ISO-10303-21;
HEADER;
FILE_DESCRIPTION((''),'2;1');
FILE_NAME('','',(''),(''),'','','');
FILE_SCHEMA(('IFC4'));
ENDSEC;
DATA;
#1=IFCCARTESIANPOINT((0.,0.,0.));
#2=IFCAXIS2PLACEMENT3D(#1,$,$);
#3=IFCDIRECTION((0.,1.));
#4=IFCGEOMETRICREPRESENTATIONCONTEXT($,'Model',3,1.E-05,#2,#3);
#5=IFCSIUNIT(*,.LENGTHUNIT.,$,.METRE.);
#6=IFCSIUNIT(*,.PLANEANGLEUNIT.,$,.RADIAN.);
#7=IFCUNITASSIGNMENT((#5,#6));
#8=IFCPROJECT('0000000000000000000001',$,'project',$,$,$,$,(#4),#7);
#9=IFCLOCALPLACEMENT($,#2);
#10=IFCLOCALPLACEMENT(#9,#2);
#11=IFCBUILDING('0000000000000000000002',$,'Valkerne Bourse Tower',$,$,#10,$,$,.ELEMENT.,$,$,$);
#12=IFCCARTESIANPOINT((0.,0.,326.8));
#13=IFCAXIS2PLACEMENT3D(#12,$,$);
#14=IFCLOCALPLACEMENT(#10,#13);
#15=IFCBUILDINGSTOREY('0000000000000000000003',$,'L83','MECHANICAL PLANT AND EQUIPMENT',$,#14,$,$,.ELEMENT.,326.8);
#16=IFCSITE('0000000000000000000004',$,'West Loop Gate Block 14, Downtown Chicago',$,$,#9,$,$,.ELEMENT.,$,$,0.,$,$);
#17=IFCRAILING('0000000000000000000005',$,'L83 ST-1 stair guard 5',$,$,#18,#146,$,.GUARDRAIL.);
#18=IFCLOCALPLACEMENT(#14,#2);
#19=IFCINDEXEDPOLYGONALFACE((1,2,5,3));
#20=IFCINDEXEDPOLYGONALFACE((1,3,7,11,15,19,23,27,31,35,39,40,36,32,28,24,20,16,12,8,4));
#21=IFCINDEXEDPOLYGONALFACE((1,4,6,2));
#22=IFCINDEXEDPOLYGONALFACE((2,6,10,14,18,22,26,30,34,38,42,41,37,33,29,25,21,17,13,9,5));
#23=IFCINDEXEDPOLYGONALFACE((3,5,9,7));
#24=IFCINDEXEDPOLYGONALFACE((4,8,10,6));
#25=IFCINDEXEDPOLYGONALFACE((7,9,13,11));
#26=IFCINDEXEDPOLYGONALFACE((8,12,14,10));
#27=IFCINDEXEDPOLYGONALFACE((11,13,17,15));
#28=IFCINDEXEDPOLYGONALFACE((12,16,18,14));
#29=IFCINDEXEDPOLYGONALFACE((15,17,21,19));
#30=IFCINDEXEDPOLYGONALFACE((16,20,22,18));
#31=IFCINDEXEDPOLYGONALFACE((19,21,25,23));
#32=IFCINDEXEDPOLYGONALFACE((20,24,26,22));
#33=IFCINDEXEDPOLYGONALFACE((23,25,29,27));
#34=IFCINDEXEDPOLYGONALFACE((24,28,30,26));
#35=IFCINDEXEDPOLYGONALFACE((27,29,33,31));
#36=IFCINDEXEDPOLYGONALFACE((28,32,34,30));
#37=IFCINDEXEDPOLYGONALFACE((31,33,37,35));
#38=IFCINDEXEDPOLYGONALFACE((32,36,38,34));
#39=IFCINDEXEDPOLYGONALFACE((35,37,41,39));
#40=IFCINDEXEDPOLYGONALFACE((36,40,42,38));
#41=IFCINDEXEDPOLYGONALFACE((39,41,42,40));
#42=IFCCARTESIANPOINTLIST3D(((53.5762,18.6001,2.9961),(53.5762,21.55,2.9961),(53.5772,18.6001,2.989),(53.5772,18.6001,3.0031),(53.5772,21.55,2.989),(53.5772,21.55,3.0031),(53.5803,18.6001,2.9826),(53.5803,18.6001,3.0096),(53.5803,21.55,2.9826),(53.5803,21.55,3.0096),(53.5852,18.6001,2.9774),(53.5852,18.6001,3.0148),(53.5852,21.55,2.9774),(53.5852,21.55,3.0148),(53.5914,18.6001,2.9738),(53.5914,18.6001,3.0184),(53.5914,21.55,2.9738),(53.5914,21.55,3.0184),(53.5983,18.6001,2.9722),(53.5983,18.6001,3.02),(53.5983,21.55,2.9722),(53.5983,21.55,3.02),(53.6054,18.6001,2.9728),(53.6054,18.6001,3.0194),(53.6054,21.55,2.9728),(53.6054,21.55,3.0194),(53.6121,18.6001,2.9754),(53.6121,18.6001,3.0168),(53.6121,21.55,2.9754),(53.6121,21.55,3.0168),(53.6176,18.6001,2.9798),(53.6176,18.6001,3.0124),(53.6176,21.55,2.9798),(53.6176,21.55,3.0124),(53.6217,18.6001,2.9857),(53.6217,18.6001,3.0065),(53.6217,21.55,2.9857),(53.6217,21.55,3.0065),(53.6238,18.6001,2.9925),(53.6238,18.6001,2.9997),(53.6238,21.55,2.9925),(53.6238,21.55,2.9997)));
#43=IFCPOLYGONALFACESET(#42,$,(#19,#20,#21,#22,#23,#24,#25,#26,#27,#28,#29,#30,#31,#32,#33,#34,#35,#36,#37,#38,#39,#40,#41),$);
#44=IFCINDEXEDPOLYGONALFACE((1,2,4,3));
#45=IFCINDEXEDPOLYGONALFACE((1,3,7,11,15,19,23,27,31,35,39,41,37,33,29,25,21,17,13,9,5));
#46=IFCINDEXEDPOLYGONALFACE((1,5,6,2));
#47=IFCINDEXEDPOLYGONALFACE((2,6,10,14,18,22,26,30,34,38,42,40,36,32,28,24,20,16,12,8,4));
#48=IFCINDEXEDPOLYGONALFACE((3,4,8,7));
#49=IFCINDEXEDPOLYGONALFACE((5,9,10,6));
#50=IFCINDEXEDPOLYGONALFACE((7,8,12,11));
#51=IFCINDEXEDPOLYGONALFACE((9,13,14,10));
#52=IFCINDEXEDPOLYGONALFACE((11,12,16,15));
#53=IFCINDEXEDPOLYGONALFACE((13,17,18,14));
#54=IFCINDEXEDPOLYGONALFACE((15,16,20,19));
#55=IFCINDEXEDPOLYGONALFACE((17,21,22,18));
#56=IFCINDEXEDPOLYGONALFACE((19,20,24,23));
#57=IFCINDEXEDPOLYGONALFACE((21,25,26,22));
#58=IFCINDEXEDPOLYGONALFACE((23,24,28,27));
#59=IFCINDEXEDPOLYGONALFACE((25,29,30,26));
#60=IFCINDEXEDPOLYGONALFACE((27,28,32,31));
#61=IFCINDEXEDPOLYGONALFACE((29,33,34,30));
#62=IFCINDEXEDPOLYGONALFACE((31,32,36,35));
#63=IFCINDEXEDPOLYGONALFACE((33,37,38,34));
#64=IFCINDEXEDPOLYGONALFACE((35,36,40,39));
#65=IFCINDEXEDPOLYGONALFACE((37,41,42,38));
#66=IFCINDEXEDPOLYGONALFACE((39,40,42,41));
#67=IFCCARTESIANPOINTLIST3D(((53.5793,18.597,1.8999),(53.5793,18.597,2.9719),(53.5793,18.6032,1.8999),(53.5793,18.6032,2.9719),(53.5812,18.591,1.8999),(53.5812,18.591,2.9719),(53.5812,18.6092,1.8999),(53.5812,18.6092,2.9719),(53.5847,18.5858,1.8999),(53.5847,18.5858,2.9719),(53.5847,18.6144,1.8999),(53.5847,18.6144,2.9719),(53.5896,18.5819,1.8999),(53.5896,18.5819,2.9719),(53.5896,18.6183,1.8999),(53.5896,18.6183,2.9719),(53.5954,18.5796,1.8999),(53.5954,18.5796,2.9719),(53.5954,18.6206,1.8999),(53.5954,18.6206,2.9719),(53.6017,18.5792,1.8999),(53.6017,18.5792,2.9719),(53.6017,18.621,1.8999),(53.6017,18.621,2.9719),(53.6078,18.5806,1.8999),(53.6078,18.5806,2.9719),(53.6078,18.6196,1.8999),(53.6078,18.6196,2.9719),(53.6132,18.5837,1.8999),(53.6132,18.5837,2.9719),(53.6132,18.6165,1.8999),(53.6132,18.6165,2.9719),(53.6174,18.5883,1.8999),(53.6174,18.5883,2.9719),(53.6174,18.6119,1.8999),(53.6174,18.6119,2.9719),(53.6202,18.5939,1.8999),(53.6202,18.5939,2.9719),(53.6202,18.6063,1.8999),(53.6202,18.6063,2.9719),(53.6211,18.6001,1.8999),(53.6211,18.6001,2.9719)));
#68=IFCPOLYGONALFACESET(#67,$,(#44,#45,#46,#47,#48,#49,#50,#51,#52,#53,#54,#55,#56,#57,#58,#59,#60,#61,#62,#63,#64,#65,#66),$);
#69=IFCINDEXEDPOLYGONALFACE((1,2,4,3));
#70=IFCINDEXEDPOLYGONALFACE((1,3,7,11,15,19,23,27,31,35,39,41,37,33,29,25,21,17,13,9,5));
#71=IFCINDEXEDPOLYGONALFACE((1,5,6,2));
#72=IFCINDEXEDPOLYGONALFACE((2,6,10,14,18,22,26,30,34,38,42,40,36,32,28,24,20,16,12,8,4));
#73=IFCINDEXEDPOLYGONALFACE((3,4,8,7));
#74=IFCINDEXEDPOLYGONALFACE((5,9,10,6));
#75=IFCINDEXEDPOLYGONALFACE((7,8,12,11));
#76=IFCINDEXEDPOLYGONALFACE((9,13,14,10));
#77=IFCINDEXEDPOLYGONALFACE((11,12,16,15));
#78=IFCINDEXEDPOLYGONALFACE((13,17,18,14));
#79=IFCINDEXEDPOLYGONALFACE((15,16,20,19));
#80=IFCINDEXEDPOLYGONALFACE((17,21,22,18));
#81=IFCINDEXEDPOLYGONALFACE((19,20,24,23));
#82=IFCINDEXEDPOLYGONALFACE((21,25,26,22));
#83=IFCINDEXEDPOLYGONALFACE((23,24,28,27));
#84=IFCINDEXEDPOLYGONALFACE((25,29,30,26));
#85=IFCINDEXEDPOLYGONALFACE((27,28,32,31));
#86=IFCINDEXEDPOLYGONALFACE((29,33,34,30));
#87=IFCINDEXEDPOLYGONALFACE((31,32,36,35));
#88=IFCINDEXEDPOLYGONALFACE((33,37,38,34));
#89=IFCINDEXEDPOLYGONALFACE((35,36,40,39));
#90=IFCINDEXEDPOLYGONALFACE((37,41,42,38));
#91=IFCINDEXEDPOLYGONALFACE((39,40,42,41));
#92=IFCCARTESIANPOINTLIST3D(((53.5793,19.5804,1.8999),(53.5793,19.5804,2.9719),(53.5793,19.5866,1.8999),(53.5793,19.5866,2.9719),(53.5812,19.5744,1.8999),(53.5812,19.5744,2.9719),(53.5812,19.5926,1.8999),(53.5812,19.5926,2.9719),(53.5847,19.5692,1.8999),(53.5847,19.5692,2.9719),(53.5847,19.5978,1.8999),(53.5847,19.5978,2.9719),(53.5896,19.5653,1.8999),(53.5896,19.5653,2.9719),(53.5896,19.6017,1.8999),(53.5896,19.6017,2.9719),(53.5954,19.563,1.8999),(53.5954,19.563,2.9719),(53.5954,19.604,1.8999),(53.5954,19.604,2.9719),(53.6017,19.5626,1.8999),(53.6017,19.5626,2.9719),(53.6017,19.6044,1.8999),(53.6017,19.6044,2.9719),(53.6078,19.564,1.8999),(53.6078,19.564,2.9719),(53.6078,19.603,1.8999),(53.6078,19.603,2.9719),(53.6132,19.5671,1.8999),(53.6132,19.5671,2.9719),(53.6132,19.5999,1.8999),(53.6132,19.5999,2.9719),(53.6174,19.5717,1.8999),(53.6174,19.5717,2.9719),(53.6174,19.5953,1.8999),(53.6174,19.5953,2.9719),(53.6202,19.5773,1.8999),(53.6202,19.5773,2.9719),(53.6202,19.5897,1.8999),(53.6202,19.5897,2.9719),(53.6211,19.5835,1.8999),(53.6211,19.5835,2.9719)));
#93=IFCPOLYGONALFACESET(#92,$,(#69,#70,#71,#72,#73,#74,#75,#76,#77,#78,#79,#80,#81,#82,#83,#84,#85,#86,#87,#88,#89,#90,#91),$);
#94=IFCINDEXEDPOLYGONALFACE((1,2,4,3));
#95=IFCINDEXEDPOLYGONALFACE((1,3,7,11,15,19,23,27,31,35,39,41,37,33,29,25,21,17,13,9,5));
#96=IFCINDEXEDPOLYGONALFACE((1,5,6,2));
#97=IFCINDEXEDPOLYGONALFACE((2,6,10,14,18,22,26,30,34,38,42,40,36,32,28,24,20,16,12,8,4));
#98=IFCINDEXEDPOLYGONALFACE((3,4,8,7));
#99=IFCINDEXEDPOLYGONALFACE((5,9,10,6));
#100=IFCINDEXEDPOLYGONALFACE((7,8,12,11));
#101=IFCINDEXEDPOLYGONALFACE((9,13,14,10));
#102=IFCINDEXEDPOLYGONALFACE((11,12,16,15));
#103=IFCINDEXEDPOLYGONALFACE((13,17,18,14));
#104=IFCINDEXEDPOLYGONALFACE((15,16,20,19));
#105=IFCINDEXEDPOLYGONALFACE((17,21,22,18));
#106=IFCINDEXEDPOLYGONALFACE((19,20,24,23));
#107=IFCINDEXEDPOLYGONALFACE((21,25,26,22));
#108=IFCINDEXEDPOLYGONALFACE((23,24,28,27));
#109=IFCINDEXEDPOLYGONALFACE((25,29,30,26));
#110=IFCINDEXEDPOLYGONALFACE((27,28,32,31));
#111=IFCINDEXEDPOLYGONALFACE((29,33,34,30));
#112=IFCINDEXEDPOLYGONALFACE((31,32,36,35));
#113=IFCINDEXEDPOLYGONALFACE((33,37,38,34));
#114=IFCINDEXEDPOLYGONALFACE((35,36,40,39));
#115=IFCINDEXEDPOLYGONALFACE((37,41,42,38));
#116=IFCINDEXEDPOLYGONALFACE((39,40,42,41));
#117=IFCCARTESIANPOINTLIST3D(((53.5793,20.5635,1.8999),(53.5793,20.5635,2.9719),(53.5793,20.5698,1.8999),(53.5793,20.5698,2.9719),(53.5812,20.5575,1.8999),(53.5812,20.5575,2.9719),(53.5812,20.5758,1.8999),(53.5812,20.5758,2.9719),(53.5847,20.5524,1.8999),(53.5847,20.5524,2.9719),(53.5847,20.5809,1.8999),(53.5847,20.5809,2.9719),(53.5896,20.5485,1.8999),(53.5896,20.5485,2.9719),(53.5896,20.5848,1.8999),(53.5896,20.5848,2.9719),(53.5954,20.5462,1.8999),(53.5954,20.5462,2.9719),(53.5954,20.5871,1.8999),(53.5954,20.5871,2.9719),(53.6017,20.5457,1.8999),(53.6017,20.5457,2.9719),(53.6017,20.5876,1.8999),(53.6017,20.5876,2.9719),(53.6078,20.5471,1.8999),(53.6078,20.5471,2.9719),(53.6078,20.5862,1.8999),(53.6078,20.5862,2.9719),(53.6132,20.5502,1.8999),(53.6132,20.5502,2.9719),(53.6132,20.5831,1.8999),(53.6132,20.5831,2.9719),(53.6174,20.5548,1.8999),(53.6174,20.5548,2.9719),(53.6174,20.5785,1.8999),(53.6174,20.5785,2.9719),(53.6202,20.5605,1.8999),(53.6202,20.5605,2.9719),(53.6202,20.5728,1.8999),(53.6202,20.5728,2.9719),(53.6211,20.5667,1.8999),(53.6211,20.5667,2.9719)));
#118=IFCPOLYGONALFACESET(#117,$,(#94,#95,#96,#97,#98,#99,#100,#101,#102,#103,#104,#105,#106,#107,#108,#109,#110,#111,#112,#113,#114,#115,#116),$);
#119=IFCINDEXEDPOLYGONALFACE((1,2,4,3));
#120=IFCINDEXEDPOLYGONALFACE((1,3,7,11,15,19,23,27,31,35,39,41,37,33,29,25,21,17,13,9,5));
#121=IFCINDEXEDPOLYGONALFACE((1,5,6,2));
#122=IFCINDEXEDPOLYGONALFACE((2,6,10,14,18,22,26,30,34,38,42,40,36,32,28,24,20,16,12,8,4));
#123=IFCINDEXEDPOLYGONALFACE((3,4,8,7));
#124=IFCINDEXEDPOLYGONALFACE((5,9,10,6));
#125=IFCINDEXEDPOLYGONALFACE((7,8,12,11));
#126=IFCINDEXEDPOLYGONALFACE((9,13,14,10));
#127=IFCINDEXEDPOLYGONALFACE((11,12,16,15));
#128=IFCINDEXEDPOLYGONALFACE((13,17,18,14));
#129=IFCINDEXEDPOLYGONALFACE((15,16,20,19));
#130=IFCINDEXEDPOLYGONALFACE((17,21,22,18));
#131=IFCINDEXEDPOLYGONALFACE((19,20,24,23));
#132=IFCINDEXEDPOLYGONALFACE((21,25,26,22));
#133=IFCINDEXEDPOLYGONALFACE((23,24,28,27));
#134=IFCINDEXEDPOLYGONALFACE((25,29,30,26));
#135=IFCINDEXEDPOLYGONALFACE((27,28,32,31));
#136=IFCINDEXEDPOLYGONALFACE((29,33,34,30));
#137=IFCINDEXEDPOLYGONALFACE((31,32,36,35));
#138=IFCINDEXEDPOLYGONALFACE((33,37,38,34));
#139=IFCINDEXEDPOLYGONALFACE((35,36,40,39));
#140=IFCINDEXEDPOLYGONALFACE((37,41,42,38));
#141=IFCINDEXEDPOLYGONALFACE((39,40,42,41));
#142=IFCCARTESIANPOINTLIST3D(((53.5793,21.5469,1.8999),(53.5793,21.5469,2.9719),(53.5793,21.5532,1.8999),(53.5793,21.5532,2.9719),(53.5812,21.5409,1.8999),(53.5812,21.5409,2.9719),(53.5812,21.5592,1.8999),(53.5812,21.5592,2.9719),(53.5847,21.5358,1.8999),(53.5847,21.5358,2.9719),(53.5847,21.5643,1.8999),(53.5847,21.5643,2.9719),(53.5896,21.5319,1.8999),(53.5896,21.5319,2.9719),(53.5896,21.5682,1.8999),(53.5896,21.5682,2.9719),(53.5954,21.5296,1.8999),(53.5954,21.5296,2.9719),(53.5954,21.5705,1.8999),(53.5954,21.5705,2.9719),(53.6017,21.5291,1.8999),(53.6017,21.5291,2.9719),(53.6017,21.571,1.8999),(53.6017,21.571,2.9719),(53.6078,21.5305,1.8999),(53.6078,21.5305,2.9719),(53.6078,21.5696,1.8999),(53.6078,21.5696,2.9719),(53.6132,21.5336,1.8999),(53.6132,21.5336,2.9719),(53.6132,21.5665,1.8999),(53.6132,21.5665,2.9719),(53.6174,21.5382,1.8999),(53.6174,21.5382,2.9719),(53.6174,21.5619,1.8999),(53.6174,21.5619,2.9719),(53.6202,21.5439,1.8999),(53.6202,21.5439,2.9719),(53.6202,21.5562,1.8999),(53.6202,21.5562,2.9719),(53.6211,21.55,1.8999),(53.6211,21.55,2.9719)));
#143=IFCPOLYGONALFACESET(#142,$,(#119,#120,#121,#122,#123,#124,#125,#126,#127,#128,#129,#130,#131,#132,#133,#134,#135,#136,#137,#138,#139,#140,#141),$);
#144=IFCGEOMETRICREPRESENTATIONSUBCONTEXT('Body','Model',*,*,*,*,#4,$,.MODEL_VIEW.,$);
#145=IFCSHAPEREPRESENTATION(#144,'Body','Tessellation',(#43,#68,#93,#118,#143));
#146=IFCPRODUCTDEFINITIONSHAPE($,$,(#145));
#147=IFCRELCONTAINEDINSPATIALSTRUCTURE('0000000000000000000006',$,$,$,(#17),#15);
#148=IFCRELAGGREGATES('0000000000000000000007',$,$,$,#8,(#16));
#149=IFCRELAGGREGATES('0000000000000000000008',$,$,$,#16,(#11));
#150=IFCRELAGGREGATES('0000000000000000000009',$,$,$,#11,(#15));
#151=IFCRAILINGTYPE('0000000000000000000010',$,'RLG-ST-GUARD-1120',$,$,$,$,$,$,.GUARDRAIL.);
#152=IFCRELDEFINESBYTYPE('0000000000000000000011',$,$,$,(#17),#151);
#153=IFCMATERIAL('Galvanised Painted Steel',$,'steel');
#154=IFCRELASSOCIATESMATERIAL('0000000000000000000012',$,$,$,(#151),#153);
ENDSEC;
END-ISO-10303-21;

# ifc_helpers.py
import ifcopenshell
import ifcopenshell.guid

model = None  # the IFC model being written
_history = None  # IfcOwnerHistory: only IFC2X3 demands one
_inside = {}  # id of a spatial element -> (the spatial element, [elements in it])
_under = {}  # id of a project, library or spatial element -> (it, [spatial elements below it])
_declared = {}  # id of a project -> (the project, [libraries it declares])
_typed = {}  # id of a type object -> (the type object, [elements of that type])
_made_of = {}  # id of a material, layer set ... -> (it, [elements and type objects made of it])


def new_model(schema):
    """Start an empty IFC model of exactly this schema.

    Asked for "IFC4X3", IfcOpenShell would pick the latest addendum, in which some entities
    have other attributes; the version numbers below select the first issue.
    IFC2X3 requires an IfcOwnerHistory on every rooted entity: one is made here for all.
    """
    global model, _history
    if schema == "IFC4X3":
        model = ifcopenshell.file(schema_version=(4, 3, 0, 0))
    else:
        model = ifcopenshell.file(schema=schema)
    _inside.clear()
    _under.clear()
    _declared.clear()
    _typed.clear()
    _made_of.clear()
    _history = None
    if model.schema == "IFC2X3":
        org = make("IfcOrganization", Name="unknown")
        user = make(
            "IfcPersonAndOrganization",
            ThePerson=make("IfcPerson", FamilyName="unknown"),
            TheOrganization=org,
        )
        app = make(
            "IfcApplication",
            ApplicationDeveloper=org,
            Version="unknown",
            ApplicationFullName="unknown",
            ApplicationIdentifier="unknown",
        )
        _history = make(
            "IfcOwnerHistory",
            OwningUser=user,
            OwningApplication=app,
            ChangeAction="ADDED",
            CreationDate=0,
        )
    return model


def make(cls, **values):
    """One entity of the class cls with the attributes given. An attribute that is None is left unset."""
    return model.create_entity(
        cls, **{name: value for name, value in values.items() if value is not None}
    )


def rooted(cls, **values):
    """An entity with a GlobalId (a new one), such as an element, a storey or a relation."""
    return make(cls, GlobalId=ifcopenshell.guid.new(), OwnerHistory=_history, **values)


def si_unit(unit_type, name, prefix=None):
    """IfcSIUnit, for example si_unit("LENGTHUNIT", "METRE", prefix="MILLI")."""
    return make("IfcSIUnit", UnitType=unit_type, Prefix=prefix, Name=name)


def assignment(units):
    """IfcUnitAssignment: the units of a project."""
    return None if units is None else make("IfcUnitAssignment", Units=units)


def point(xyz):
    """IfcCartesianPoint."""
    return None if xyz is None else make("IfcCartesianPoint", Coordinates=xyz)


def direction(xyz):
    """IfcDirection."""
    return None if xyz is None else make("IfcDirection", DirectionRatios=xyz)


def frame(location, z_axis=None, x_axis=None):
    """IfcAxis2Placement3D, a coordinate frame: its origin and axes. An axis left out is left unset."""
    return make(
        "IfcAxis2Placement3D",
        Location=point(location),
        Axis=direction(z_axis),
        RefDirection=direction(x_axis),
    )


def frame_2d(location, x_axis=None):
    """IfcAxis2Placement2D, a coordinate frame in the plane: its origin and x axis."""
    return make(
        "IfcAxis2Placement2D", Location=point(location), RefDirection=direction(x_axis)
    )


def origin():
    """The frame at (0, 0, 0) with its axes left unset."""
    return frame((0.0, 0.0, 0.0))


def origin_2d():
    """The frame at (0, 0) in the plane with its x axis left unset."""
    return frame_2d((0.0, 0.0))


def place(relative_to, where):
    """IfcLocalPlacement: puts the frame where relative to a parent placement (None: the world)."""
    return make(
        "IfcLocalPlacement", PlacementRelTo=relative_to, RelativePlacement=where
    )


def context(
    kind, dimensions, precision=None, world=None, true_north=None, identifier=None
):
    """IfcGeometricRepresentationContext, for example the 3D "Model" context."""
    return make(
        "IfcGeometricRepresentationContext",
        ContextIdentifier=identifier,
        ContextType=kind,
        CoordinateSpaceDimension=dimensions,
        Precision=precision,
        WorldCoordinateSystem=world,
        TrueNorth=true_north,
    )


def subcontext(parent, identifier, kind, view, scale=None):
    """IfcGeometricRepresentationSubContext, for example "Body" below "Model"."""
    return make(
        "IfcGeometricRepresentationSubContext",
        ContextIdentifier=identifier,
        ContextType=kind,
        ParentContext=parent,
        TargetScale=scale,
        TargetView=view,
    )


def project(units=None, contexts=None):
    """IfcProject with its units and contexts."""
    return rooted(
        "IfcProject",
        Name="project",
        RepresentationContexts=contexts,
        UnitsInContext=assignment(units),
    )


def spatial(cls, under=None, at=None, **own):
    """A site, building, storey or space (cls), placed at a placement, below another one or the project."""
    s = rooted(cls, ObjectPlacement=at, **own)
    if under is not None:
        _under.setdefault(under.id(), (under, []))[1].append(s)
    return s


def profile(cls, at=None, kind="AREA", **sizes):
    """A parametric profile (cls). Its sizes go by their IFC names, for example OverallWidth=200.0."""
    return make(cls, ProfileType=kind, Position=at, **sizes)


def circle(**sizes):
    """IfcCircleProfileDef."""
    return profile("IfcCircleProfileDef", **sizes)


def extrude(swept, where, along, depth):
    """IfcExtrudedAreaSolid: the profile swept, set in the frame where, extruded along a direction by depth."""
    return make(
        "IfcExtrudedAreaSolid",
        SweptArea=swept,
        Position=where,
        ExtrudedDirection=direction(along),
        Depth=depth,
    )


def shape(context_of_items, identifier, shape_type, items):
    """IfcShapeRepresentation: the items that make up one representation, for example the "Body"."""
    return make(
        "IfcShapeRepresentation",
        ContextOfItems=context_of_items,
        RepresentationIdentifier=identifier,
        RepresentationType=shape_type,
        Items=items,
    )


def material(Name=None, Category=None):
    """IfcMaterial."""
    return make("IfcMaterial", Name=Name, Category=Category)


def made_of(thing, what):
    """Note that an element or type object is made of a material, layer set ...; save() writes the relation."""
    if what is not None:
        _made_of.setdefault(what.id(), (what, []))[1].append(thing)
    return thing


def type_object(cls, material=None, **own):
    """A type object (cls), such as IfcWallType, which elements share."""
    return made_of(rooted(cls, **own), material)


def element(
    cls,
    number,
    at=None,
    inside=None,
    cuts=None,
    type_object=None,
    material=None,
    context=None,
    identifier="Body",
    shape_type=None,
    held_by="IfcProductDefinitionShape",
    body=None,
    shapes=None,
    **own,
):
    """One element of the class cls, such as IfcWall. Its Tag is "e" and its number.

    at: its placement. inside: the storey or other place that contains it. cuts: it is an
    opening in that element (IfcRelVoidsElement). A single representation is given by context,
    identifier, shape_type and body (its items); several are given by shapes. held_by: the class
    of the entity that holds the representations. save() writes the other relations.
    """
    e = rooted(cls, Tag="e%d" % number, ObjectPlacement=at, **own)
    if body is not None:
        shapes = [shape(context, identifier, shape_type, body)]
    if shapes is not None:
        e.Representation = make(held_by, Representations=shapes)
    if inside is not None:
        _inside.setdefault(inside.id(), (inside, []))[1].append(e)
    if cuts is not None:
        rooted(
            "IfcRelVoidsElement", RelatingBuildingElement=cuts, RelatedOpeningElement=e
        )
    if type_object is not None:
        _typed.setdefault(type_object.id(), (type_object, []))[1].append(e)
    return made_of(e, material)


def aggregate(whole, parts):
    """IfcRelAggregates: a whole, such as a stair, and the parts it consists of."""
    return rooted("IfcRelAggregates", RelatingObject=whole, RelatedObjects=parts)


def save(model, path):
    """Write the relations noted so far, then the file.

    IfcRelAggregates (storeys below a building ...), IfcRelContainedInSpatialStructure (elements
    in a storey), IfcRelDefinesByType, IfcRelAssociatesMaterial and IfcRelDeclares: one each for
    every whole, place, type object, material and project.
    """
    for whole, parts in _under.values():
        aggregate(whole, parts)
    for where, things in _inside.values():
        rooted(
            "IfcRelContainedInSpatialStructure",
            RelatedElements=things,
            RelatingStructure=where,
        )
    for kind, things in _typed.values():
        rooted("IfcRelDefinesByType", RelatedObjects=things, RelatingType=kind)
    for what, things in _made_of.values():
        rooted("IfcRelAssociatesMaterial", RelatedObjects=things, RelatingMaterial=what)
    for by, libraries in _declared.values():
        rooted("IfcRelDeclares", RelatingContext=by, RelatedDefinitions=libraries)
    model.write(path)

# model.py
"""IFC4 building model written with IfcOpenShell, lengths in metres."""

from ifc_helpers import new_model, si_unit, direction, frame, origin, origin_2d, place, context, subcontext, project, spatial, circle, extrude, material, type_object, element, save


model = new_model("IFC4")

# Units and contexts
model_context = context("Model", 3, precision=1e-05, world=origin(), true_north=direction((0.0, 1.0)))
body_context = subcontext(model_context, "Body", "Model", "MODEL_VIEW")
ifc_project = project(units=[si_unit("LENGTHUNIT", "METRE"), si_unit("PLANEANGLEUNIT", "RADIAN")], contexts=[model_context])

# Site, building, storey
site_placement = place(None, origin())
site = spatial("IfcSite", under=ifc_project, at=site_placement, Name="West Loop Gate Block 14, Downtown Chicago", CompositionType="ELEMENT", RefElevation=0.0)
building_placement = place(site_placement, origin())
building = spatial("IfcBuilding", under=site, at=building_placement, Name="Valkerne Bourse Tower", CompositionType="ELEMENT")
storey_placement = place(building_placement, frame((0.0, 0.0, 326.8)))
storey = spatial("IfcBuildingStorey", under=building, at=storey_placement, Name="L83", Description="MECHANICAL PLANT AND EQUIPMENT", CompositionType="ELEMENT", Elevation=326.8)

# Shared definitions
ifc_material_1 = material(Name="Galvanised Painted Steel", Category="steel")

# Railing
railing_type_1 = type_object("IfcRailingType", Name="RLG-ST-GUARD-1120", PredefinedType="GUARDRAIL", material=ifc_material_1)
railing_1_placement = place(storey_placement, frame((53.6001, 18.6001, 1.8999)))
element("IfcRailing", 1, at=railing_1_placement, inside=storey, type_object=railing_type_1, Name="L83 ST-1 stair guard 5", PredefinedType="GUARDRAIL", context=body_context, shape_type="SweptSolid", body=[
    extrude(circle(Radius=0.0239, at=origin_2d()), frame((0.0, 0.0, 1.0962), z_axis=(0.0, 1.0, 0.0), x_axis=(-1.0, 0.0, 0.0)), (0.0, 0.0, 1.0), 2.95),
    extrude(circle(Radius=0.021, at=origin_2d()), origin(), (0.0, 0.0, 1.0), 1.072),
    extrude(circle(Radius=0.021, at=origin_2d()), frame((0.0, 0.9834, 0.0)), (0.0, 0.0, 1.0), 1.072),
    extrude(circle(Radius=0.021, at=origin_2d()), frame((0.0, 1.9666, 0.0)), (0.0, 0.0, 1.0), 1.072),
    extrude(circle(Radius=0.021, at=origin_2d()), frame((0.0, 2.95, 0.0)), (0.0, 0.0, 1.0), 1.072),
])

save(model, "model.ifc")
